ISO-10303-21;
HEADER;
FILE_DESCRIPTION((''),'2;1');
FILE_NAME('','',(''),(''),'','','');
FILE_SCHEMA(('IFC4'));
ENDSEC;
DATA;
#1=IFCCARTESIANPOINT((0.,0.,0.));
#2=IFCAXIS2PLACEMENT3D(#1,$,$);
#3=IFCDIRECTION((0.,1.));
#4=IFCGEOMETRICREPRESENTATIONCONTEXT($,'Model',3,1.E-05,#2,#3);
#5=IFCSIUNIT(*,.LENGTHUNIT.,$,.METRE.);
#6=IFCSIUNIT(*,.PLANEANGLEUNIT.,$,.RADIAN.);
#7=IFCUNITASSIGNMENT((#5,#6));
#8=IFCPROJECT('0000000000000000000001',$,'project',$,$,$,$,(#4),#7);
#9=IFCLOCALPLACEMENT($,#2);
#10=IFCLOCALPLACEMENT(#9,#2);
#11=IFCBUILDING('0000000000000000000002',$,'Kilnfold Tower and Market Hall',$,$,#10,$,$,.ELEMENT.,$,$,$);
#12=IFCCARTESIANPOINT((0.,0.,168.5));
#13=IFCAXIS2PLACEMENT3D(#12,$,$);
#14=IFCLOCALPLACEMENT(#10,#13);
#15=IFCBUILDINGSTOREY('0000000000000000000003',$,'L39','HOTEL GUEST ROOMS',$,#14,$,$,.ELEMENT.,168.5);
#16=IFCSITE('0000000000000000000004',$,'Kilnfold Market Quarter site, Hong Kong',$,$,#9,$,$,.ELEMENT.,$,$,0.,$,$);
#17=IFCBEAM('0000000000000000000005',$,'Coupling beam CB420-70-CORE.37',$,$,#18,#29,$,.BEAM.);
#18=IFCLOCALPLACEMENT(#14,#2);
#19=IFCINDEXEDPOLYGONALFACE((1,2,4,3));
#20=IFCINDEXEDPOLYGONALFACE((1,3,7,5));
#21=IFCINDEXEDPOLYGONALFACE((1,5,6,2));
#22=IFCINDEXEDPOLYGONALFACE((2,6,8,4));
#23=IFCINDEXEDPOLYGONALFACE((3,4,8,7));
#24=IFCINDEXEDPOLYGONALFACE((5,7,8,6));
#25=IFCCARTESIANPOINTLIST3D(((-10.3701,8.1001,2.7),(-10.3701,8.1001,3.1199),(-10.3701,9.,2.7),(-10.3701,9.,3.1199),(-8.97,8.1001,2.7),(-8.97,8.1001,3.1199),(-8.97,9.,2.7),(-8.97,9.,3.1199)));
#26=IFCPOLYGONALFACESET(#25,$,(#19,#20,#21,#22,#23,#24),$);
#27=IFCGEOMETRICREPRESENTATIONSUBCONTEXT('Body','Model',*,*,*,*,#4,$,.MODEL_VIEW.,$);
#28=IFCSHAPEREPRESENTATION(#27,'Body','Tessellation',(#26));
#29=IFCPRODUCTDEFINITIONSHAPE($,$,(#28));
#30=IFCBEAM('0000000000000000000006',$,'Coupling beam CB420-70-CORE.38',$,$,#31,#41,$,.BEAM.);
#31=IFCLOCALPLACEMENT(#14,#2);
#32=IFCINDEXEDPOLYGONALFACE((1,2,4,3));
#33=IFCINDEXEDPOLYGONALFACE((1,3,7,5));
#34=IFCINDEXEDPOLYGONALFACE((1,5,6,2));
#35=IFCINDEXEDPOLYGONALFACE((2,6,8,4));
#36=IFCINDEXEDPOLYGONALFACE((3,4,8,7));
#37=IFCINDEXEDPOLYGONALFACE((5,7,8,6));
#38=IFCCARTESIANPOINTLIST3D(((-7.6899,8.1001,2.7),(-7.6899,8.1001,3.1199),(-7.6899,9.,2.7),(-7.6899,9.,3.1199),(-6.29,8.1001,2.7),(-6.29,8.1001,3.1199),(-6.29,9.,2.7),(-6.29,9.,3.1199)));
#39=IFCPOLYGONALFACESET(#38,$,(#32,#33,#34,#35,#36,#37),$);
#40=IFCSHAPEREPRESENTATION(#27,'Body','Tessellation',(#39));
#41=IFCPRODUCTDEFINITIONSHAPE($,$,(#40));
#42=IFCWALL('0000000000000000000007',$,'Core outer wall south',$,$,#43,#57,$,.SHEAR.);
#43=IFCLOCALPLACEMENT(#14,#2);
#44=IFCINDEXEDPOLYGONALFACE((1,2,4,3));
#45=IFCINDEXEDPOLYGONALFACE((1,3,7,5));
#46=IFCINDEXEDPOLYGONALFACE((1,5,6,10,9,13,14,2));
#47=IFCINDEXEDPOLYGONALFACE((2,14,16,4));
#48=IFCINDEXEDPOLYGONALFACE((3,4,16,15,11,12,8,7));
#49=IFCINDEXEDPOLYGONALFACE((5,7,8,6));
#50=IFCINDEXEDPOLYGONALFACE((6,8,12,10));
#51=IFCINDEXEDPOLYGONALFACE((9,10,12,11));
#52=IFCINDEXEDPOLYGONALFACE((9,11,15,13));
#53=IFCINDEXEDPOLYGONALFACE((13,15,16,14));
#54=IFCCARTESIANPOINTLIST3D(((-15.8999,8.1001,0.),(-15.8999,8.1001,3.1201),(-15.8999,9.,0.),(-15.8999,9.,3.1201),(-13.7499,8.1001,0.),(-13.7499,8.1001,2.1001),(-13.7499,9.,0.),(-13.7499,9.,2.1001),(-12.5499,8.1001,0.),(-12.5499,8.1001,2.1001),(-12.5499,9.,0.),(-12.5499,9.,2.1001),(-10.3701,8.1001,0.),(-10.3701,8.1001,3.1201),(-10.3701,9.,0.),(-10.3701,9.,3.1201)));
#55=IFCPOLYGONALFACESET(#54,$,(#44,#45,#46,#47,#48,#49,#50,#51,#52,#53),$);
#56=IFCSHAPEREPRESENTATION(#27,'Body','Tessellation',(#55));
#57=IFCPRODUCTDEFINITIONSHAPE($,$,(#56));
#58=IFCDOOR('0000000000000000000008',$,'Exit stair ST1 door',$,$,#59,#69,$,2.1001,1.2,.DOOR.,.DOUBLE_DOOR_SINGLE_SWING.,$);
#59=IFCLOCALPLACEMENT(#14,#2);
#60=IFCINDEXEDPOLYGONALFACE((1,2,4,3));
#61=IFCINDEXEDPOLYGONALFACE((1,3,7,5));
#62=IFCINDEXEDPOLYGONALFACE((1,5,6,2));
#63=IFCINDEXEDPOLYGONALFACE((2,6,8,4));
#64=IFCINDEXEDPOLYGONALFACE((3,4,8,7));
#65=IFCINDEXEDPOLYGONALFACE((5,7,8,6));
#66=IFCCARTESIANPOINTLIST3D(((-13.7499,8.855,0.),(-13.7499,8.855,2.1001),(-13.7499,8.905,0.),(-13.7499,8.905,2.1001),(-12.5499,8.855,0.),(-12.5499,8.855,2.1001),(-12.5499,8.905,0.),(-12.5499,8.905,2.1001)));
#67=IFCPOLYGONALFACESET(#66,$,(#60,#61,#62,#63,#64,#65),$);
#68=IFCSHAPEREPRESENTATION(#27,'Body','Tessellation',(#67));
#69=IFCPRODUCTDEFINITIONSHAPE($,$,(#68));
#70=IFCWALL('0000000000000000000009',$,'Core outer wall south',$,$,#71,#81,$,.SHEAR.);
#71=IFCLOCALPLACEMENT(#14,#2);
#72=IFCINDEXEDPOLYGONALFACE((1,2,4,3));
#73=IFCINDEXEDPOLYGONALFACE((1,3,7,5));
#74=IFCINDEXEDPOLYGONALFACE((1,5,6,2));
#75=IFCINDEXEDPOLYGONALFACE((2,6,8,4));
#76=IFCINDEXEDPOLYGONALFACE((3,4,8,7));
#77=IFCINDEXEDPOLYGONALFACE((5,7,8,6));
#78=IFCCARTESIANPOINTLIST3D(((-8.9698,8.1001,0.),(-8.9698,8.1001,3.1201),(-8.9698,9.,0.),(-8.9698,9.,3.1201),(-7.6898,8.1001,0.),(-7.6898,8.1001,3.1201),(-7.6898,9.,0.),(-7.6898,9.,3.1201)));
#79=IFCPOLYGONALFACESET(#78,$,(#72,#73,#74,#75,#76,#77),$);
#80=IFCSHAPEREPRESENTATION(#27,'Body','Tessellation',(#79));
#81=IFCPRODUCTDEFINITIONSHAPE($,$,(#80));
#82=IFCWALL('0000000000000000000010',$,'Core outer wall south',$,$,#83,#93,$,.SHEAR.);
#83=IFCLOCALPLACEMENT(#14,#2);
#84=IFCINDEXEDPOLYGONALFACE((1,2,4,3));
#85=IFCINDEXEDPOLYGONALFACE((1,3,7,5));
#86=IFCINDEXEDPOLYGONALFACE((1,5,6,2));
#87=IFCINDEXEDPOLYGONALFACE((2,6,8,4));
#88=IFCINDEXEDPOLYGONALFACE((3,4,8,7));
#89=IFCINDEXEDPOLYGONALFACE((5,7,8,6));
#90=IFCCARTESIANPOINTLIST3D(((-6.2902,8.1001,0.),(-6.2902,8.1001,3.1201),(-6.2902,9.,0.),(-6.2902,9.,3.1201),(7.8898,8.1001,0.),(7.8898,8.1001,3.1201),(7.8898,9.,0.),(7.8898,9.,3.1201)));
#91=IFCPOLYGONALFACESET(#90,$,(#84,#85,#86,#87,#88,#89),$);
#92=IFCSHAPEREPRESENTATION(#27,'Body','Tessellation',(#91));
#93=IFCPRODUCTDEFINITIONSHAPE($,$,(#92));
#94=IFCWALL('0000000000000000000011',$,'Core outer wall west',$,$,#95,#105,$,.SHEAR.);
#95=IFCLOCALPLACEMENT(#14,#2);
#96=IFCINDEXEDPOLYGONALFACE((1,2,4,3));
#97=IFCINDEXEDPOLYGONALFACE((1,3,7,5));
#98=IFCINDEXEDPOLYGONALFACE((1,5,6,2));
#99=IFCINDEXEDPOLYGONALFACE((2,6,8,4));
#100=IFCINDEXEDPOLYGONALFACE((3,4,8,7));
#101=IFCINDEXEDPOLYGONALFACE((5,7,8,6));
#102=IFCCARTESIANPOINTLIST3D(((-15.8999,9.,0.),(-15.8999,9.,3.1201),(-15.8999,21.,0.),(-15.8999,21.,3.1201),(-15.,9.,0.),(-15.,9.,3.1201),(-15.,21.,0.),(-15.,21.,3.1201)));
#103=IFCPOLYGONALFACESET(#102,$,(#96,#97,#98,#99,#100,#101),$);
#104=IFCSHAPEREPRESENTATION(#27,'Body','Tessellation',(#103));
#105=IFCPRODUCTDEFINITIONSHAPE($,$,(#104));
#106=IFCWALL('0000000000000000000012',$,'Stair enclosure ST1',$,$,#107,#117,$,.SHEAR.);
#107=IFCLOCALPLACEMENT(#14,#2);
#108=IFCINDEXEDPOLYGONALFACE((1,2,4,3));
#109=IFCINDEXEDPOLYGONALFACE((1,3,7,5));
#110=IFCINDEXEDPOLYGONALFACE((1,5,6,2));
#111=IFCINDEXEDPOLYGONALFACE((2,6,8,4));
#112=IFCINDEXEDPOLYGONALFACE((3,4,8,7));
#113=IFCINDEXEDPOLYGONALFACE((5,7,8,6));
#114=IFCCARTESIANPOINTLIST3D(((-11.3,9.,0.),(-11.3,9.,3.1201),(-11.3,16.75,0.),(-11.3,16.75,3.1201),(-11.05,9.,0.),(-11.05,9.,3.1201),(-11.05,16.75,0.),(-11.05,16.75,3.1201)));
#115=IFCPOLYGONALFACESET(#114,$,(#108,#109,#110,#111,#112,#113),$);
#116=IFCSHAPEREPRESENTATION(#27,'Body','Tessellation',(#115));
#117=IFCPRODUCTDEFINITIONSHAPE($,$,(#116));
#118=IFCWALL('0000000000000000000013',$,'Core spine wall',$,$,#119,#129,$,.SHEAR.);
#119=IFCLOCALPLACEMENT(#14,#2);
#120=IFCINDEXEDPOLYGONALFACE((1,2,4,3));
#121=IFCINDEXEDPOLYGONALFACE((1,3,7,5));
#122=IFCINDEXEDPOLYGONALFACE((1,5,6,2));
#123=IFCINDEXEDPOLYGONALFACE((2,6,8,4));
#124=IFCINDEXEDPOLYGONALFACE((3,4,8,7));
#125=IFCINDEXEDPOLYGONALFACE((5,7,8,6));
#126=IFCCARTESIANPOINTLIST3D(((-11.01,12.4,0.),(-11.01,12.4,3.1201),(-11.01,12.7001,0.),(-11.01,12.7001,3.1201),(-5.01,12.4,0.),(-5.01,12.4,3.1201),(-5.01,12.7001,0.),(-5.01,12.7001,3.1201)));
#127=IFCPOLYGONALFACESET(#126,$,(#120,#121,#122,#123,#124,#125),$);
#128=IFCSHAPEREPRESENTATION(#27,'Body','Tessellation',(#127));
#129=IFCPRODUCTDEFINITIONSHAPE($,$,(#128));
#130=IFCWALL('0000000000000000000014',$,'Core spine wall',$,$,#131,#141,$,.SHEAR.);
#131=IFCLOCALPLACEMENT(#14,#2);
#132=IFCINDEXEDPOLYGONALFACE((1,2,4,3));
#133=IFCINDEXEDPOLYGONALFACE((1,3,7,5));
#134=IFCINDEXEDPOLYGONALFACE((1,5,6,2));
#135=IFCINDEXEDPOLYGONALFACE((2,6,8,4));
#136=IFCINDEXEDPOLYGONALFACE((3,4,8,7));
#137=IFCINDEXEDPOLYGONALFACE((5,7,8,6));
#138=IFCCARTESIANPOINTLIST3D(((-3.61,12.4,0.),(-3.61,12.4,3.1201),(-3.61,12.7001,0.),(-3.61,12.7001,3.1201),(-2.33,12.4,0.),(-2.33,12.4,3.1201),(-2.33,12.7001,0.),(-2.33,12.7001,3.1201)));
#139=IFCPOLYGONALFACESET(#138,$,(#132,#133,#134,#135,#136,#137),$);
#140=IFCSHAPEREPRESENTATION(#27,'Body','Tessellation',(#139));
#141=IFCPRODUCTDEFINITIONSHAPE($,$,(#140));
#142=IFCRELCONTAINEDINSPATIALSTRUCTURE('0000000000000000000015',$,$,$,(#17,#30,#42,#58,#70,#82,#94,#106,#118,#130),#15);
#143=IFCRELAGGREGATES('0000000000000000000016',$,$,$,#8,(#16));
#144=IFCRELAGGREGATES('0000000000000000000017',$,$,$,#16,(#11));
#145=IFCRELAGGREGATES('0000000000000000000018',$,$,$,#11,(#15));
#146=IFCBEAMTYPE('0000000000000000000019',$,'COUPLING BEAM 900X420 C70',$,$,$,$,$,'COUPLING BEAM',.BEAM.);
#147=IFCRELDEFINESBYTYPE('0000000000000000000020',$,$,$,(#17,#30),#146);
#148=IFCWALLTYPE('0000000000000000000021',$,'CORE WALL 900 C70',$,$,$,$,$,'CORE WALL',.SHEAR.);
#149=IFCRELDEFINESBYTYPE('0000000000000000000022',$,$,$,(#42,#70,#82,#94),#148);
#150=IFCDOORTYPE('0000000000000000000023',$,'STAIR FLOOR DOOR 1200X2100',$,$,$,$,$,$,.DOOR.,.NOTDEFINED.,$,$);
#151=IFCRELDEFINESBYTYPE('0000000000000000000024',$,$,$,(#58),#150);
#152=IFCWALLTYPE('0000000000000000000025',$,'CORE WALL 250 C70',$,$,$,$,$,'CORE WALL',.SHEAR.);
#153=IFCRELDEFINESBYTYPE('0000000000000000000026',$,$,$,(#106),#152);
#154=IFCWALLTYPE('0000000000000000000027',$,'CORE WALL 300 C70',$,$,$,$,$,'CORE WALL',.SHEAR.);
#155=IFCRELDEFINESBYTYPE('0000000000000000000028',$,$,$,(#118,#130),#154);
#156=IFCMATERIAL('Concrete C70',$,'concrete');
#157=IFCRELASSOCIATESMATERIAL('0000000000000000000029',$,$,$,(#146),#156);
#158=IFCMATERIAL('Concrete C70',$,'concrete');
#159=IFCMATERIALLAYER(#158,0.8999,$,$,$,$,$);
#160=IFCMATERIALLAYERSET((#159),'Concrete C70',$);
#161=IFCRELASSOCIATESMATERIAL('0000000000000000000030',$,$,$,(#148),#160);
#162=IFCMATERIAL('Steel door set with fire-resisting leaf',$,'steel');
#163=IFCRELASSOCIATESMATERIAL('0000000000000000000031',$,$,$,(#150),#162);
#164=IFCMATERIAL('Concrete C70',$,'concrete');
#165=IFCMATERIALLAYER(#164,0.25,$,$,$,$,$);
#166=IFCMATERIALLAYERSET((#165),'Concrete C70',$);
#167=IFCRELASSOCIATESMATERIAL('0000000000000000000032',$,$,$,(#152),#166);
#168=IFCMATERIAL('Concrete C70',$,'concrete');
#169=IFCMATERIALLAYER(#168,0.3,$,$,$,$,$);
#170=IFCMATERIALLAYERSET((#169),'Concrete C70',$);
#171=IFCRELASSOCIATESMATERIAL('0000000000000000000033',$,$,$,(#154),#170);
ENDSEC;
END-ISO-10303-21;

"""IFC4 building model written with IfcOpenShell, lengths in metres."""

from ifc_helpers import new_model, si_unit, direction, frame, frame_2d, origin, origin_2d, place, context, subcontext, project, spatial, rectangle, extrude, source, transform, mapped, material, layer, layer_set, material_profile, profile_set, type_object, element, fill, save


model = new_model("IFC4")

# Units and contexts
model_context = context("Model", 3, precision=1e-05, world=origin(), true_north=direction((0.0, 1.0)))
body_context = subcontext(model_context, "Body", "Model", "MODEL_VIEW")
ifc_project = project(units=[si_unit("LENGTHUNIT", "METRE"), si_unit("PLANEANGLEUNIT", "RADIAN")], contexts=[model_context])

# Site, building, storey
site_placement = place(None, origin())
site = spatial("IfcSite", under=ifc_project, at=site_placement, Name="Kilnfold Market Quarter site, Hong Kong", CompositionType="ELEMENT", RefElevation=0.0)
building_placement = place(site_placement, origin())
building = spatial("IfcBuilding", under=site, at=building_placement, Name="Kilnfold Tower and Market Hall", CompositionType="ELEMENT")
storey_placement = place(building_placement, frame((0.0, 0.0, 168.5)))
storey = spatial("IfcBuildingStorey", under=building, at=storey_placement, Name="L39", Description="HOTEL GUEST ROOMS", CompositionType="ELEMENT", Elevation=168.5)

# Beams
ifc_material_1 = material(Name="Concrete C70", Category="concrete")
ifc_material_profile = material_profile(ifc_material_1, rectangle(XDim=0.8999, YDim=0.4199, at=origin_2d()), Name="RC 900x420")
ifc_profile_set = profile_set([ifc_material_profile], Name="Concrete C70")
beam_type = type_object("IfcBeamType", Name="COUPLING BEAM 900X420 C70", ElementType="COUPLING BEAM", PredefinedType="BEAM", material=ifc_profile_set)
shared_shape_1 = source(origin(), body_context, "Body", "SweptSolid", [
    extrude(rectangle(XDim=0.8999, YDim=0.4199, at=origin_2d()), origin(), (0.0, 0.0, 1.0), 1.4001),
])
beam_1_placement = place(storey_placement, frame((-10.3701, 8.55, 2.9099), z_axis=(1.0, 0.0, 0.0), x_axis=(0.0, 1.0, 0.0)))
element("IfcBeam", 1, at=beam_1_placement, inside=storey, type_object=beam_type, Name="Coupling beam CB420-70-CORE.37", PredefinedType="BEAM", context=body_context, shape_type="MappedRepresentation", body=[
    mapped(shared_shape_1, transform((0.0, 0.0, 0.0))),
])
shared_shape_2 = source(origin(), body_context, "Body", "SweptSolid", [
    extrude(rectangle(XDim=0.8999, YDim=0.4199, at=origin_2d()), origin(), (0.0, 0.0, 1.0), 1.3999),
])
beam_2_placement = place(storey_placement, frame((-7.6899, 8.55, 2.9099), z_axis=(1.0, 0.0, 0.0), x_axis=(0.0, 1.0, 0.0)))
element("IfcBeam", 2, at=beam_2_placement, inside=storey, type_object=beam_type, Name="Coupling beam CB420-70-CORE.38", PredefinedType="BEAM", context=body_context, shape_type="MappedRepresentation", body=[
    mapped(shared_shape_2, transform((0.0, 0.0, 0.0))),
])

# Wall, opening, door
ifc_material_2 = material(Name="Concrete C70", Category="concrete")
ifc_layer_1 = layer(ifc_material_2, 0.8999)
ifc_layer_set_1 = layer_set([ifc_layer_1], Name="Concrete C70")
wall_type_1 = type_object("IfcWallType", Name="CORE WALL 900 C70", ElementType="CORE WALL", PredefinedType="SHEAR", material=ifc_layer_set_1)
shared_shape_3 = source(origin(), body_context, "Body", "SweptSolid", [
    extrude(rectangle(XDim=5.5298, YDim=0.8999, at=frame_2d((2.7649, 0.0))), origin(), (0.0, 0.0, 1.0), 3.1201),
])
wall_1_placement = place(storey_placement, frame((-15.8999, 8.55, 0.0), z_axis=(0.0, 0.0, 1.0), x_axis=(1.0, 0.0, 0.0)))
wall_1 = element("IfcWall", 3, at=wall_1_placement, inside=storey, type_object=wall_type_1, Name="Core outer wall south", PredefinedType="SHEAR", context=body_context, shape_type="MappedRepresentation", body=[
    mapped(shared_shape_3, transform((0.0, 0.0, 0.0))),
])
opening_1_placement = place(wall_1_placement, frame((2.1499, 0.0, 0.0)))
opening_1 = element("IfcOpeningElement", 4, at=opening_1_placement, cuts=wall_1, PredefinedType="OPENING", context=body_context, shape_type="SweptSolid", body=[
    extrude(rectangle(XDim=1.2, YDim=2.1001, at=frame_2d((0.6001, 1.05))), frame((0.0, 0.46, 0.0), z_axis=(0.0, -1.0, 0.0), x_axis=(1.0, 0.0, 0.0)), (0.0, 0.0, 1.0), 0.9199),
])
ifc_material_3 = material(Name="Steel door set with fire-resisting leaf", Category="steel")
door_type_1 = type_object("IfcDoorType", Name="STAIR FLOOR DOOR 1200X2100", OperationType="NOTDEFINED", PredefinedType="DOOR", material=ifc_material_3)
door_1_placement = place(opening_1_placement, origin())
door_1 = element("IfcDoor", 5, at=door_1_placement, inside=storey, type_object=door_type_1, Name="Exit stair ST1 door", OperationType="DOUBLE_DOOR_SINGLE_SWING", OverallHeight=2.1001, OverallWidth=1.2, PredefinedType="DOOR", context=body_context, shape_type="SweptSolid", body=[
    extrude(rectangle(XDim=1.2, YDim=2.1001, at=frame_2d((0.6001, 1.05))), frame((0.0, 0.355, 0.0), z_axis=(0.0, -1.0, 0.0), x_axis=(1.0, 0.0, 0.0)), (0.0, 0.0, 1.0), 0.05),
])
fill(opening_1, door_1)

# Walls
shared_shape_4 = source(origin(), body_context, "Body", "SweptSolid", [
    extrude(rectangle(XDim=1.28, YDim=0.8999, at=frame_2d((0.6401, 0.0))), origin(), (0.0, 0.0, 1.0), 3.1201),
])
wall_2_placement = place(storey_placement, frame((-8.97, 8.55, 0.0), z_axis=(0.0, 0.0, 1.0), x_axis=(1.0, 0.0, 0.0)))
element("IfcWall", 6, at=wall_2_placement, inside=storey, type_object=wall_type_1, Name="Core outer wall south", PredefinedType="SHEAR", context=body_context, shape_type="MappedRepresentation", body=[
    mapped(shared_shape_4, transform((0.0, 0.0, 0.0))),
])
shared_shape_5 = source(origin(), body_context, "Body", "SweptSolid", [
    extrude(rectangle(XDim=14.1799, YDim=0.8999, at=frame_2d((7.0898, 0.0))), origin(), (0.0, 0.0, 1.0), 3.1201),
])
wall_3_placement = place(storey_placement, frame((-6.29, 8.55, 0.0), z_axis=(0.0, 0.0, 1.0), x_axis=(1.0, 0.0, 0.0)))
element("IfcWall", 7, at=wall_3_placement, inside=storey, type_object=wall_type_1, Name="Core outer wall south", PredefinedType="SHEAR", context=body_context, shape_type="MappedRepresentation", body=[
    mapped(shared_shape_5, transform((0.0, 0.0, 0.0))),
])
shared_shape_6 = source(origin(), body_context, "Body", "SweptSolid", [
    extrude(rectangle(XDim=12.0, YDim=0.8999, at=frame_2d((6.0, 0.0))), origin(), (0.0, 0.0, 1.0), 3.1201),
])
wall_4_placement = place(storey_placement, frame((-15.45, 9.0, 0.0), z_axis=(0.0, 0.0, 1.0), x_axis=(0.0, 1.0, 0.0)))
element("IfcWall", 8, at=wall_4_placement, inside=storey, type_object=wall_type_1, Name="Core outer wall west", PredefinedType="SHEAR", context=body_context, shape_type="MappedRepresentation", body=[
    mapped(shared_shape_6, transform((0.0, 0.0, 0.0))),
])
ifc_material_4 = material(Name="Concrete C70", Category="concrete")
ifc_layer_2 = layer(ifc_material_4, 0.25)
ifc_layer_set_2 = layer_set([ifc_layer_2], Name="Concrete C70")
wall_type_2 = type_object("IfcWallType", Name="CORE WALL 250 C70", ElementType="CORE WALL", PredefinedType="SHEAR", material=ifc_layer_set_2)
shared_shape_7 = source(origin(), body_context, "Body", "SweptSolid", [
    extrude(rectangle(XDim=7.75, YDim=0.25, at=frame_2d((3.875, 0.0))), origin(), (0.0, 0.0, 1.0), 3.1201),
])
wall_5_placement = place(storey_placement, frame((-11.175, 9.0, 0.0), z_axis=(0.0, 0.0, 1.0), x_axis=(0.0, 1.0, 0.0)))
element("IfcWall", 9, at=wall_5_placement, inside=storey, type_object=wall_type_2, Name="Stair enclosure ST1", PredefinedType="SHEAR", context=body_context, shape_type="MappedRepresentation", body=[
    mapped(shared_shape_7, transform((0.0, 0.0, 0.0))),
])
ifc_material_5 = material(Name="Concrete C70", Category="concrete")
ifc_layer_3 = layer(ifc_material_5, 0.3)
ifc_layer_set_3 = layer_set([ifc_layer_3], Name="Concrete C70")
wall_type_3 = type_object("IfcWallType", Name="CORE WALL 300 C70", ElementType="CORE WALL", PredefinedType="SHEAR", material=ifc_layer_set_3)
shared_shape_8 = source(origin(), body_context, "Body", "SweptSolid", [
    extrude(rectangle(XDim=6.0, YDim=0.3, at=frame_2d((3.0, 0.0))), origin(), (0.0, 0.0, 1.0), 3.1201),
])
wall_6_placement = place(storey_placement, frame((-11.01, 12.55, 0.0), z_axis=(0.0, 0.0, 1.0), x_axis=(1.0, 0.0, 0.0)))
element("IfcWall", 10, at=wall_6_placement, inside=storey, type_object=wall_type_3, Name="Core spine wall", PredefinedType="SHEAR", context=body_context, shape_type="MappedRepresentation", body=[
    mapped(shared_shape_8, transform((0.0, 0.0, 0.0))),
])
shared_shape_9 = source(origin(), body_context, "Body", "SweptSolid", [
    extrude(rectangle(XDim=1.28, YDim=0.3, at=frame_2d((0.6401, 0.0))), origin(), (0.0, 0.0, 1.0), 3.1201),
])
wall_7_placement = place(storey_placement, frame((-3.6101, 12.55, 0.0), z_axis=(0.0, 0.0, 1.0), x_axis=(1.0, 0.0, 0.0)))
element("IfcWall", 11, at=wall_7_placement, inside=storey, type_object=wall_type_3, Name="Core spine wall", PredefinedType="SHEAR", context=body_context, shape_type="MappedRepresentation", body=[
    mapped(shared_shape_9, transform((0.0, 0.0, 0.0))),
])

save(model, "model.ifc")
